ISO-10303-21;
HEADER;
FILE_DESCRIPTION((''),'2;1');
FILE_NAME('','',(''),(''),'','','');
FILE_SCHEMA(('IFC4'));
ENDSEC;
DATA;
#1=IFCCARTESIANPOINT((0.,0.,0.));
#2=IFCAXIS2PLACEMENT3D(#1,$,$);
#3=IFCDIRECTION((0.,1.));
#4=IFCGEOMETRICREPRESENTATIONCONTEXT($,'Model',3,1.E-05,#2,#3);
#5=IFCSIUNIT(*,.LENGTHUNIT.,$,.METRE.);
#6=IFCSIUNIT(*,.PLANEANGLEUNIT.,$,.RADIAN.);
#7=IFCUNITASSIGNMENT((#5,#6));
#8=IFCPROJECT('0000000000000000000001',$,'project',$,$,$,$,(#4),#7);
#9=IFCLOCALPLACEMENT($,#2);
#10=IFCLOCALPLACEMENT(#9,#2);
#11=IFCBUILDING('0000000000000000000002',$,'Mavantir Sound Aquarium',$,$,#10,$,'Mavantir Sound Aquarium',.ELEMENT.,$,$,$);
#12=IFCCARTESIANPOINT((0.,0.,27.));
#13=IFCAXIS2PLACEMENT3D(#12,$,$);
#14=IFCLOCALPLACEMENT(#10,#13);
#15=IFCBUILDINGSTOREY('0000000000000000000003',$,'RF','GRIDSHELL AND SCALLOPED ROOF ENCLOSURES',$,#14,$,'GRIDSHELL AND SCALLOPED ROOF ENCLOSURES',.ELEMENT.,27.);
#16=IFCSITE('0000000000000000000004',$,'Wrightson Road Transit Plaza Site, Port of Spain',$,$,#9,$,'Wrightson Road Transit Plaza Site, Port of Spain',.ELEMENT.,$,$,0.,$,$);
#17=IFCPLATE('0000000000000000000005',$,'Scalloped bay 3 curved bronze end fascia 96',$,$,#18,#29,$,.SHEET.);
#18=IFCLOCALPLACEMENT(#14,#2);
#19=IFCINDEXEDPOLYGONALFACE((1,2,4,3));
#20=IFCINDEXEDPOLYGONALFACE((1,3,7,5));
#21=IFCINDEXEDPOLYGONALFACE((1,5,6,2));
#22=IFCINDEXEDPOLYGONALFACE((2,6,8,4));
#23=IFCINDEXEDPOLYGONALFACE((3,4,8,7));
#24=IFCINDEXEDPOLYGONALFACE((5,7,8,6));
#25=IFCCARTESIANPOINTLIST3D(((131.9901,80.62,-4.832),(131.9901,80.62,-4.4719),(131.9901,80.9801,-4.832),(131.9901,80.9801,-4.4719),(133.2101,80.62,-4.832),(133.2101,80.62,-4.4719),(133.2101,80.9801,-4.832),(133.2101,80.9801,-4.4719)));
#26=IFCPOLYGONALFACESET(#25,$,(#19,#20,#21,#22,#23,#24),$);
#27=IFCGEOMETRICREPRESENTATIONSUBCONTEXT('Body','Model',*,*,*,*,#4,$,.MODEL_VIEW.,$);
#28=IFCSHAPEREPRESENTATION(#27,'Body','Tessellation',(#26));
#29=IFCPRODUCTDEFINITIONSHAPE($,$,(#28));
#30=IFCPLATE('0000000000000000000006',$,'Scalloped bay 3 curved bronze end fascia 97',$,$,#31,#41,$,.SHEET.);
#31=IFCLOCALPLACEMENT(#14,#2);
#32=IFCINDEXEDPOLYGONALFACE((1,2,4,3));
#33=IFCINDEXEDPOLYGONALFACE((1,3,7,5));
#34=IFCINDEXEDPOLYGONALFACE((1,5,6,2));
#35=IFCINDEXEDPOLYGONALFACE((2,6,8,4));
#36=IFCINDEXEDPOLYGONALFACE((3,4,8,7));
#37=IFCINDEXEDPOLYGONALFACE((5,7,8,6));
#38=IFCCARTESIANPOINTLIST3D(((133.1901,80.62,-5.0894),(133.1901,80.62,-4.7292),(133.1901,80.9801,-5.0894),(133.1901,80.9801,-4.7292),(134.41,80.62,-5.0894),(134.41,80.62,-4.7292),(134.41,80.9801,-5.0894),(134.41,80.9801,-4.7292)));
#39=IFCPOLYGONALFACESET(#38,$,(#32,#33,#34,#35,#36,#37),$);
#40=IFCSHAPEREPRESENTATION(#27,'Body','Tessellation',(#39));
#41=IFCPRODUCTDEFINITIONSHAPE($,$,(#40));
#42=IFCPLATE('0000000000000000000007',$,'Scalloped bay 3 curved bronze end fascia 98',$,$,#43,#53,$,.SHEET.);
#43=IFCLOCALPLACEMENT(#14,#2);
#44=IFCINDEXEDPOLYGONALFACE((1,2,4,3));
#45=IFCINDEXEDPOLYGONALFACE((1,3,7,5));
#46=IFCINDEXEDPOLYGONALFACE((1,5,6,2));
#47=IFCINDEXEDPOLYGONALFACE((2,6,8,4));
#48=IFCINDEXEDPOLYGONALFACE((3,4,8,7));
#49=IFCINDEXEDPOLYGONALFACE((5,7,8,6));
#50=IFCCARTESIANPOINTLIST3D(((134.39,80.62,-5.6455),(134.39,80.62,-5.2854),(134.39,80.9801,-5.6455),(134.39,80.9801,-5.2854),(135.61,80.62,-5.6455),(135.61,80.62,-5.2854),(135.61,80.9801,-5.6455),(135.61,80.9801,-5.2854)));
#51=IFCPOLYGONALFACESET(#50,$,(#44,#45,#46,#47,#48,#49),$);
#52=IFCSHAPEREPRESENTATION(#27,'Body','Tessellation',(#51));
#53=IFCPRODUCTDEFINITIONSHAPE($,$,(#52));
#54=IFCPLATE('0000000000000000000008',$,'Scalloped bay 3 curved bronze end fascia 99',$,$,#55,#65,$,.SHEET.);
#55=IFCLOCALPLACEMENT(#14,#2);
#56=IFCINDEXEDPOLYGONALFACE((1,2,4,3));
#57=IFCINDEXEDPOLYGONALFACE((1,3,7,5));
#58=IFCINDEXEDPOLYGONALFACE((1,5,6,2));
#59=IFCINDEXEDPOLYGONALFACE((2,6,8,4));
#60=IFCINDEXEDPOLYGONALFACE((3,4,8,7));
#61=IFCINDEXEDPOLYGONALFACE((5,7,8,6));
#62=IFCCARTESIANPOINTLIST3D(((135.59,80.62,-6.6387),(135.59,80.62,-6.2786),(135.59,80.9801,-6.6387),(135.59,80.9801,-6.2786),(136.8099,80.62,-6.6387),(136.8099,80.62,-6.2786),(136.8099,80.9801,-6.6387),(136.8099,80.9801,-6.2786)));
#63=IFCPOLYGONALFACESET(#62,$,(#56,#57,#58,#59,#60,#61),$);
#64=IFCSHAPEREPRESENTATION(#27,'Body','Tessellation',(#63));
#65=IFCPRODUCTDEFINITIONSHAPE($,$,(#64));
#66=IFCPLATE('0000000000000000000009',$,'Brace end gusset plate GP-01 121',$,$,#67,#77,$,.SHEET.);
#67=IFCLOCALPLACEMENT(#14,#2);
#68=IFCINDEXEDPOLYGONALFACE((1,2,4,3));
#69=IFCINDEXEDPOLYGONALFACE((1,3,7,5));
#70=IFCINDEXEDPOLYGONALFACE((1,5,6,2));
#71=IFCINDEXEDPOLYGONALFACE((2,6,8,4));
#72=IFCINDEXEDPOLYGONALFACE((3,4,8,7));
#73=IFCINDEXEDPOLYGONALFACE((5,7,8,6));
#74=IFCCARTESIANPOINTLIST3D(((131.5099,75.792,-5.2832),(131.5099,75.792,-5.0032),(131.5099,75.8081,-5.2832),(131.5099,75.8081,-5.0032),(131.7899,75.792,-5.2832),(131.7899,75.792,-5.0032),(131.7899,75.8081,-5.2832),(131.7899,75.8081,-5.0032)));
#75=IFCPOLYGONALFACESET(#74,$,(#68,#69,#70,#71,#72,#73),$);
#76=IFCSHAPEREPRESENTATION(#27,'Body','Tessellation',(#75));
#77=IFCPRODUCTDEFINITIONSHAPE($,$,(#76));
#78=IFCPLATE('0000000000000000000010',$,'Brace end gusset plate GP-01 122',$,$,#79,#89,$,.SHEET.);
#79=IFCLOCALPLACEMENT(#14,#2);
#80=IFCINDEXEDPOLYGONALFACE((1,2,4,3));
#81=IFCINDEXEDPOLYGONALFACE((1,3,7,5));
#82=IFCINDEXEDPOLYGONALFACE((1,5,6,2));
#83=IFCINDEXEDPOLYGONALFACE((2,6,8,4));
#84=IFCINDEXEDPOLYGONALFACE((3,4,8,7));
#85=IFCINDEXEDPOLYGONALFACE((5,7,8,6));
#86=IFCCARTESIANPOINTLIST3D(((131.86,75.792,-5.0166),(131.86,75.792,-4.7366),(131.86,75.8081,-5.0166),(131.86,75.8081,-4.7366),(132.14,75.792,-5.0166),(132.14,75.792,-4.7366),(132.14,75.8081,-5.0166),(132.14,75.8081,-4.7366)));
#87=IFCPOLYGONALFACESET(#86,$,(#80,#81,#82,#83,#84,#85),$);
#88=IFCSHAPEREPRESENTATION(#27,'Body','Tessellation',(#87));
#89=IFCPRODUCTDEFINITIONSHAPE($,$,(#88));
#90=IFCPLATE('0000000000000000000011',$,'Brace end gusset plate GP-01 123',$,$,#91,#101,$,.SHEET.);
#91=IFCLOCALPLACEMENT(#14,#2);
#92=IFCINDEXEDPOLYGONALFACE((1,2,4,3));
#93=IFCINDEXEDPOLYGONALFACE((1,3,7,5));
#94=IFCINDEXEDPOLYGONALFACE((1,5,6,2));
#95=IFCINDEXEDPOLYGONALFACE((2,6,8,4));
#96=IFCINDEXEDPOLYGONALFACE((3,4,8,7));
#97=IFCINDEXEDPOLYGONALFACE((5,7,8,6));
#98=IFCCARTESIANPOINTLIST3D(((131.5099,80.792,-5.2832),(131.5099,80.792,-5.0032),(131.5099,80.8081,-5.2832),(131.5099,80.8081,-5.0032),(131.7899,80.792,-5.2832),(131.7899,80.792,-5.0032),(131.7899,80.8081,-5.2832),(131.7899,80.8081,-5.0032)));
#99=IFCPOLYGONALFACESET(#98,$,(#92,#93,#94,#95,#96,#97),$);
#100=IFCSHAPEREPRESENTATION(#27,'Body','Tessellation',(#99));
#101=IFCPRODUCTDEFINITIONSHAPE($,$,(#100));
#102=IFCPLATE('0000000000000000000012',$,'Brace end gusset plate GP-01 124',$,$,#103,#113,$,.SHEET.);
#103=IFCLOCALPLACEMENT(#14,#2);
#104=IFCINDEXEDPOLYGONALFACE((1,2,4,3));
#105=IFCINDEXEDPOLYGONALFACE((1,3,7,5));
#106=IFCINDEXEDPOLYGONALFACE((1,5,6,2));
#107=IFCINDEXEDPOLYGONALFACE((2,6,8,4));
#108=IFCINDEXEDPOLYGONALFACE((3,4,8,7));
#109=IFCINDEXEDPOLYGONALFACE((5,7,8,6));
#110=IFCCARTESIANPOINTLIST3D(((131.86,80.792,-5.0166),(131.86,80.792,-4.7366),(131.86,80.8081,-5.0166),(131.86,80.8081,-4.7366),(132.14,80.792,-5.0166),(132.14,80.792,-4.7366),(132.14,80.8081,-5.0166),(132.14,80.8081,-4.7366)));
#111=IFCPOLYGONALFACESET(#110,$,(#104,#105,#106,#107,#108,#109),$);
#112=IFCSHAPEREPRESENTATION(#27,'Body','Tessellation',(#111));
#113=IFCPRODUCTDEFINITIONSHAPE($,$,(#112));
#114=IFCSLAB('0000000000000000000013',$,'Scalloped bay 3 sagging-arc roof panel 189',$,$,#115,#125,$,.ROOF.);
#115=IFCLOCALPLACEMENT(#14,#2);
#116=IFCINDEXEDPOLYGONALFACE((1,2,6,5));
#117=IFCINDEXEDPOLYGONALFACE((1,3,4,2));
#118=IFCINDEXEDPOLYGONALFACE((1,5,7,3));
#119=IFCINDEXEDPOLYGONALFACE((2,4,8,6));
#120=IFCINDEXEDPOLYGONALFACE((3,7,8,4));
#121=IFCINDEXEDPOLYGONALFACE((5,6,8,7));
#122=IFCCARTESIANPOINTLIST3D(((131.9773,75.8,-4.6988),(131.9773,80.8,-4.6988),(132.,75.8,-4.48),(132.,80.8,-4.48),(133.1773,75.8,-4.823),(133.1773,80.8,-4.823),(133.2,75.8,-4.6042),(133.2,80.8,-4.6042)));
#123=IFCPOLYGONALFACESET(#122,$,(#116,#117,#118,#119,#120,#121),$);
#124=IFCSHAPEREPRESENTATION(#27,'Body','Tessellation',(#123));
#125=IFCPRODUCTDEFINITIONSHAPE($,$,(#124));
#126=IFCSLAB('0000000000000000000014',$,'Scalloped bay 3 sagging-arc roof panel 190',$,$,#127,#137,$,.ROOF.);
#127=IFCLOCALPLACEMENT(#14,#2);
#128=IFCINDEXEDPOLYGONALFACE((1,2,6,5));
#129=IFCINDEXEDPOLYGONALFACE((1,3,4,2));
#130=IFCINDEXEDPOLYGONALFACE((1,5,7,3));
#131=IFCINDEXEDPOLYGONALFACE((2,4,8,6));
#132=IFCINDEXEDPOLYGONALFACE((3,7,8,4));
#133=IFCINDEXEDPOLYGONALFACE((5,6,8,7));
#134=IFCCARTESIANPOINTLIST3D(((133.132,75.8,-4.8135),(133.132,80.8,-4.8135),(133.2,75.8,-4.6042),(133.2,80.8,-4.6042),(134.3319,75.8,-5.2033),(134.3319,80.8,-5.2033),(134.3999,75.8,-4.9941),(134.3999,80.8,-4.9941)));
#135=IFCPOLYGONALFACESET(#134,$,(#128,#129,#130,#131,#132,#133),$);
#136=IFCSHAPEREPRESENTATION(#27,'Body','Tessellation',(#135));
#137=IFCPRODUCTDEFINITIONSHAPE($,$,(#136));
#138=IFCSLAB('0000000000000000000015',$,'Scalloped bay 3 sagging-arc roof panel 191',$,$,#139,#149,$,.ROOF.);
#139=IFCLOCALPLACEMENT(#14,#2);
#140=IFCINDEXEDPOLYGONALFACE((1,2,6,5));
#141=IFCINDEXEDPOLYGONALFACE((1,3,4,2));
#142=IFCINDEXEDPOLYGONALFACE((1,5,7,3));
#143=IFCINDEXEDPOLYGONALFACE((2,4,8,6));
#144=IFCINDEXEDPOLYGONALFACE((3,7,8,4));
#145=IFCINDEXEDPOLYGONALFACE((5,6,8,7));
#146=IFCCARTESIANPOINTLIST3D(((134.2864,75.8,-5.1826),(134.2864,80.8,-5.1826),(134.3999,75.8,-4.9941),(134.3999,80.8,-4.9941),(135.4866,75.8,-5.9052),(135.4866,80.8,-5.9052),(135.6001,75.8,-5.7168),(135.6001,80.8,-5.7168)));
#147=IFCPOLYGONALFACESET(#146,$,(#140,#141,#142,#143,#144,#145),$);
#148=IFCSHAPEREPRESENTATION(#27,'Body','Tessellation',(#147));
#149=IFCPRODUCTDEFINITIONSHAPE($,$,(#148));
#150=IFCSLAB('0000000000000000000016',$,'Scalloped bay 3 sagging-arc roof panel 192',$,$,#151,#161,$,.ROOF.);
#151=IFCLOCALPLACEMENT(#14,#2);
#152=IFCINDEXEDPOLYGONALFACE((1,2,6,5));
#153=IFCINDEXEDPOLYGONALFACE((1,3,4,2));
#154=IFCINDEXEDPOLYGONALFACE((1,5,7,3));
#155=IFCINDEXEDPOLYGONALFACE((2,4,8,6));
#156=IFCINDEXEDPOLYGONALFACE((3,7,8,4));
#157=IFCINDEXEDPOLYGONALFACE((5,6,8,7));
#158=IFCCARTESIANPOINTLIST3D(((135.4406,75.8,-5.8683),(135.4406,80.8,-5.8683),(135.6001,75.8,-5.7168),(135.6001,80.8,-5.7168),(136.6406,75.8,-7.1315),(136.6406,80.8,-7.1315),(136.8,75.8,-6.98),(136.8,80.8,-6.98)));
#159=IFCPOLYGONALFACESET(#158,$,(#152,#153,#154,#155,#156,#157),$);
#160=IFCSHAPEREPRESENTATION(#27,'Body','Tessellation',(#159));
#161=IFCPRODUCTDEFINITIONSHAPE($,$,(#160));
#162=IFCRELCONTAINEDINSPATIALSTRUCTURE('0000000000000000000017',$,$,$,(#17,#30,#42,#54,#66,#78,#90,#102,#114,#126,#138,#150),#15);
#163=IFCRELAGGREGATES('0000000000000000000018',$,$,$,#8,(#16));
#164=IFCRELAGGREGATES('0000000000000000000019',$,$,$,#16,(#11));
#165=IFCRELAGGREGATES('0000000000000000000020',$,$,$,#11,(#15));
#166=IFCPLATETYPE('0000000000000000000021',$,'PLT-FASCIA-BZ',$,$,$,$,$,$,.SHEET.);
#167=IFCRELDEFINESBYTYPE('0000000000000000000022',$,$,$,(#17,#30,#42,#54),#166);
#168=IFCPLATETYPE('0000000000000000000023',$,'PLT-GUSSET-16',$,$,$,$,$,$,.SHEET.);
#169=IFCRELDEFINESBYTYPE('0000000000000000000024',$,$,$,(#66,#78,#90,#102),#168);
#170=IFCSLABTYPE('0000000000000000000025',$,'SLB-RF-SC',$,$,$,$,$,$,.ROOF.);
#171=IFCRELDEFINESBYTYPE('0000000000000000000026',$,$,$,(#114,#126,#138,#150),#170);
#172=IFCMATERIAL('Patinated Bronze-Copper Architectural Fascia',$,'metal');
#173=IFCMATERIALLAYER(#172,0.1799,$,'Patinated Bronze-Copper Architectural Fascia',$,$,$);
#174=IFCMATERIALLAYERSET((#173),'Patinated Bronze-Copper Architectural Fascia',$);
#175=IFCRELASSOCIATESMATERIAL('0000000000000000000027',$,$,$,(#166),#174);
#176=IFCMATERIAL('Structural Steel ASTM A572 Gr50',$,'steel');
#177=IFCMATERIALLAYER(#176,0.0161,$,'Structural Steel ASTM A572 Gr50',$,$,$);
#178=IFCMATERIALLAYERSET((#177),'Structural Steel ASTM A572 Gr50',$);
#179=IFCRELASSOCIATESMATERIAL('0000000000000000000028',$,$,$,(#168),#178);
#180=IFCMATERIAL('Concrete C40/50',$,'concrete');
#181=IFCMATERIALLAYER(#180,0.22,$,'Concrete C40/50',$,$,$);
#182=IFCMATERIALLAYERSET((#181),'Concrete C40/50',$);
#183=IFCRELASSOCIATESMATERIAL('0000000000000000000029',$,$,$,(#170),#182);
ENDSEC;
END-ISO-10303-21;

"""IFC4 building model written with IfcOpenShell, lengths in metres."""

from ifc_helpers import new_model, si_unit, direction, frame, origin, origin_2d, place, context, subcontext, project, spatial, polyline, rectangle, outline, extrude, material, layer, layer_set, type_object, element, save


model = new_model("IFC4")

# Units and contexts
model_context = context("Model", 3, precision=1e-05, world=origin(), true_north=direction((0.0, 1.0)))
body_context = subcontext(model_context, "Body", "Model", "MODEL_VIEW")
ifc_project = project(units=[si_unit("LENGTHUNIT", "METRE"), si_unit("PLANEANGLEUNIT", "RADIAN")], contexts=[model_context])

# Site, building, storey
site_placement = place(None, origin())
site = spatial("IfcSite", under=ifc_project, at=site_placement, Name="Wrightson Road Transit Plaza Site, Port of Spain", LongName="Wrightson Road Transit Plaza Site, Port of Spain", CompositionType="ELEMENT", RefElevation=0.0)
building_placement = place(site_placement, origin())
building = spatial("IfcBuilding", under=site, at=building_placement, Name="Mavantir Sound Aquarium", LongName="Mavantir Sound Aquarium", CompositionType="ELEMENT")
storey_placement = place(building_placement, frame((0.0, 0.0, 27.0)))
storey = spatial("IfcBuildingStorey", under=building, at=storey_placement, Name="RF", Description="GRIDSHELL AND SCALLOPED ROOF ENCLOSURES", LongName="GRIDSHELL AND SCALLOPED ROOF ENCLOSURES", CompositionType="ELEMENT", Elevation=27.0)

# Shared definitions
ifc_material_1 = material(Name="Concrete C40/50", Category="concrete")

# Plates
ifc_material_2 = material(Name="Structural Steel ASTM A572 Gr50", Category="steel")
ifc_material_3 = material(Name="Patinated Bronze-Copper Architectural Fascia", Category="metal")
ifc_layer_1 = layer(ifc_material_3, 0.1799, Name="Patinated Bronze-Copper Architectural Fascia")
ifc_layer_set_1 = layer_set([ifc_layer_1], Name="Patinated Bronze-Copper Architectural Fascia")
plate_type_1 = type_object("IfcPlateType", Name="PLT-FASCIA-BZ", PredefinedType="SHEET", material=ifc_layer_set_1)
for number, where, z_axis, x_axis, name in (
    (1, (132.6001, 80.8, -4.832), (0.0, 0.0, 1.0), (1.0, 0.0, 0.0), "Scalloped bay 3 curved bronze end fascia 96"),
    (2, (133.8, 80.8, -5.0894), (0.0, 0.0, 1.0), (1.0, 0.0, 0.0), "Scalloped bay 3 curved bronze end fascia 97"),
    (3, (135.0, 80.8, -5.6455), (0.0, 0.0, 1.0), (1.0, 0.0, 0.0), "Scalloped bay 3 curved bronze end fascia 98"),
    (4, (136.2, 80.8, -6.6387), (0.0, 0.0, 1.0), (1.0, 0.0, 0.0), "Scalloped bay 3 curved bronze end fascia 99"),
):
    element("IfcPlate", number, at=place(storey_placement, frame(where, z_axis=z_axis, x_axis=x_axis)), inside=storey, type_object=plate_type_1, Name=name, PredefinedType="SHEET", context=body_context, shape_type="SweptSolid", body=[
        extrude(rectangle(XDim=1.22, YDim=0.3601, at=origin_2d()), origin(), (0.0, 0.0, 1.0), 0.3601),
    ])
ifc_layer_2 = layer(ifc_material_2, 0.0161, Name="Structural Steel ASTM A572 Gr50")
ifc_layer_set_2 = layer_set([ifc_layer_2], Name="Structural Steel ASTM A572 Gr50")
plate_type_2 = type_object("IfcPlateType", Name="PLT-GUSSET-16", PredefinedType="SHEET", material=ifc_layer_set_2)
for number, where, z_axis, x_axis, name in (
    (5, (131.6499, 75.8, -5.2832), (0.0, 0.0, 1.0), (1.0, 0.0, 0.0), "Brace end gusset plate GP-01 121"),
    (6, (132.0, 75.8, -5.0166), (0.0, 0.0, 1.0), (1.0, 0.0, 0.0), "Brace end gusset plate GP-01 122"),
    (7, (131.6499, 80.8, -5.2832), (0.0, 0.0, 1.0), (1.0, 0.0, 0.0), "Brace end gusset plate GP-01 123"),
    (8, (132.0, 80.8, -5.0166), (0.0, 0.0, 1.0), (1.0, 0.0, 0.0), "Brace end gusset plate GP-01 124"),
):
    element("IfcPlate", number, at=place(storey_placement, frame(where, z_axis=z_axis, x_axis=x_axis)), inside=storey, type_object=plate_type_2, Name=name, PredefinedType="SHEET", context=body_context, shape_type="SweptSolid", body=[
        extrude(rectangle(XDim=0.28, YDim=0.0161, at=origin_2d()), origin(), (0.0, 0.0, 1.0), 0.28),
    ])

# Slabs
ifc_layer_3 = layer(ifc_material_1, 0.22, Name="Concrete C40/50")
ifc_layer_set_3 = layer_set([ifc_layer_3], Name="Concrete C40/50")
slab_type = type_object("IfcSlabType", Name="SLB-RF-SC", PredefinedType="ROOF", material=ifc_layer_set_3)
slab_1_placement = place(storey_placement, frame((132.0, 75.8, -4.48), z_axis=(0.10301, 0.0, 0.99468), x_axis=(0.99468, 0.0, -0.10301)))
element("IfcSlab", 9, at=slab_1_placement, inside=storey, type_object=slab_type, Name="Scalloped bay 3 sagging-arc roof panel 189", PredefinedType="ROOF", context=body_context, shape_type="SweptSolid", body=[
    extrude(outline(polyline([(0.0, 0.0), (1.2064, 0.0), (1.2064, 5.0), (0.0, 5.0), (0.0, 0.0)])), origin(), (0.0, 0.0, -1.0), 0.22),
])
slab_2_placement = place(storey_placement, frame((133.2, 75.8, -4.6042), z_axis=(0.30902, 0.0, 0.951055), x_axis=(0.951055, 0.0, -0.30902)))
element("IfcSlab", 10, at=slab_2_placement, inside=storey, type_object=slab_type, Name="Scalloped bay 3 sagging-arc roof panel 190", PredefinedType="ROOF", context=body_context, shape_type="SweptSolid", body=[
    extrude(outline(polyline([(0.0, 0.0), (1.2617, 0.0), (1.2617, 5.0), (0.0, 5.0), (0.0, 0.0)])), origin(), (0.0, 0.0, -1.0), 0.22),
])
slab_3_placement = place(storey_placement, frame((134.3999, 75.8, -4.9941), z_axis=(0.515828, 0.0, 0.856692), x_axis=(0.856692, 0.0, -0.515828)))
element("IfcSlab", 11, at=slab_3_placement, inside=storey, type_object=slab_type, Name="Scalloped bay 3 sagging-arc roof panel 191", PredefinedType="ROOF", context=body_context, shape_type="SweptSolid", body=[
    extrude(outline(polyline([(0.0, 0.0), (1.401, 0.0), (1.401, 5.0), (0.0, 5.0), (0.0, 0.0)])), origin(), (0.0, 0.0, -1.0), 0.22),
])
slab_4_placement = place(storey_placement, frame((135.6001, 75.8, -5.7168), z_axis=(0.72502, 0.0, 0.688727), x_axis=(0.688727, 0.0, -0.72502)))
element("IfcSlab", 12, at=slab_4_placement, inside=storey, type_object=slab_type, Name="Scalloped bay 3 sagging-arc roof panel 192", PredefinedType="ROOF", context=body_context, shape_type="SweptSolid", body=[
    extrude(outline(polyline([(0.0, 0.0), (1.7423, 0.0), (1.7423, 5.0), (0.0, 5.0), (0.0, 0.0)])), origin(), (0.0, 0.0, -1.0), 0.22),
])

save(model, "model.ifc")
